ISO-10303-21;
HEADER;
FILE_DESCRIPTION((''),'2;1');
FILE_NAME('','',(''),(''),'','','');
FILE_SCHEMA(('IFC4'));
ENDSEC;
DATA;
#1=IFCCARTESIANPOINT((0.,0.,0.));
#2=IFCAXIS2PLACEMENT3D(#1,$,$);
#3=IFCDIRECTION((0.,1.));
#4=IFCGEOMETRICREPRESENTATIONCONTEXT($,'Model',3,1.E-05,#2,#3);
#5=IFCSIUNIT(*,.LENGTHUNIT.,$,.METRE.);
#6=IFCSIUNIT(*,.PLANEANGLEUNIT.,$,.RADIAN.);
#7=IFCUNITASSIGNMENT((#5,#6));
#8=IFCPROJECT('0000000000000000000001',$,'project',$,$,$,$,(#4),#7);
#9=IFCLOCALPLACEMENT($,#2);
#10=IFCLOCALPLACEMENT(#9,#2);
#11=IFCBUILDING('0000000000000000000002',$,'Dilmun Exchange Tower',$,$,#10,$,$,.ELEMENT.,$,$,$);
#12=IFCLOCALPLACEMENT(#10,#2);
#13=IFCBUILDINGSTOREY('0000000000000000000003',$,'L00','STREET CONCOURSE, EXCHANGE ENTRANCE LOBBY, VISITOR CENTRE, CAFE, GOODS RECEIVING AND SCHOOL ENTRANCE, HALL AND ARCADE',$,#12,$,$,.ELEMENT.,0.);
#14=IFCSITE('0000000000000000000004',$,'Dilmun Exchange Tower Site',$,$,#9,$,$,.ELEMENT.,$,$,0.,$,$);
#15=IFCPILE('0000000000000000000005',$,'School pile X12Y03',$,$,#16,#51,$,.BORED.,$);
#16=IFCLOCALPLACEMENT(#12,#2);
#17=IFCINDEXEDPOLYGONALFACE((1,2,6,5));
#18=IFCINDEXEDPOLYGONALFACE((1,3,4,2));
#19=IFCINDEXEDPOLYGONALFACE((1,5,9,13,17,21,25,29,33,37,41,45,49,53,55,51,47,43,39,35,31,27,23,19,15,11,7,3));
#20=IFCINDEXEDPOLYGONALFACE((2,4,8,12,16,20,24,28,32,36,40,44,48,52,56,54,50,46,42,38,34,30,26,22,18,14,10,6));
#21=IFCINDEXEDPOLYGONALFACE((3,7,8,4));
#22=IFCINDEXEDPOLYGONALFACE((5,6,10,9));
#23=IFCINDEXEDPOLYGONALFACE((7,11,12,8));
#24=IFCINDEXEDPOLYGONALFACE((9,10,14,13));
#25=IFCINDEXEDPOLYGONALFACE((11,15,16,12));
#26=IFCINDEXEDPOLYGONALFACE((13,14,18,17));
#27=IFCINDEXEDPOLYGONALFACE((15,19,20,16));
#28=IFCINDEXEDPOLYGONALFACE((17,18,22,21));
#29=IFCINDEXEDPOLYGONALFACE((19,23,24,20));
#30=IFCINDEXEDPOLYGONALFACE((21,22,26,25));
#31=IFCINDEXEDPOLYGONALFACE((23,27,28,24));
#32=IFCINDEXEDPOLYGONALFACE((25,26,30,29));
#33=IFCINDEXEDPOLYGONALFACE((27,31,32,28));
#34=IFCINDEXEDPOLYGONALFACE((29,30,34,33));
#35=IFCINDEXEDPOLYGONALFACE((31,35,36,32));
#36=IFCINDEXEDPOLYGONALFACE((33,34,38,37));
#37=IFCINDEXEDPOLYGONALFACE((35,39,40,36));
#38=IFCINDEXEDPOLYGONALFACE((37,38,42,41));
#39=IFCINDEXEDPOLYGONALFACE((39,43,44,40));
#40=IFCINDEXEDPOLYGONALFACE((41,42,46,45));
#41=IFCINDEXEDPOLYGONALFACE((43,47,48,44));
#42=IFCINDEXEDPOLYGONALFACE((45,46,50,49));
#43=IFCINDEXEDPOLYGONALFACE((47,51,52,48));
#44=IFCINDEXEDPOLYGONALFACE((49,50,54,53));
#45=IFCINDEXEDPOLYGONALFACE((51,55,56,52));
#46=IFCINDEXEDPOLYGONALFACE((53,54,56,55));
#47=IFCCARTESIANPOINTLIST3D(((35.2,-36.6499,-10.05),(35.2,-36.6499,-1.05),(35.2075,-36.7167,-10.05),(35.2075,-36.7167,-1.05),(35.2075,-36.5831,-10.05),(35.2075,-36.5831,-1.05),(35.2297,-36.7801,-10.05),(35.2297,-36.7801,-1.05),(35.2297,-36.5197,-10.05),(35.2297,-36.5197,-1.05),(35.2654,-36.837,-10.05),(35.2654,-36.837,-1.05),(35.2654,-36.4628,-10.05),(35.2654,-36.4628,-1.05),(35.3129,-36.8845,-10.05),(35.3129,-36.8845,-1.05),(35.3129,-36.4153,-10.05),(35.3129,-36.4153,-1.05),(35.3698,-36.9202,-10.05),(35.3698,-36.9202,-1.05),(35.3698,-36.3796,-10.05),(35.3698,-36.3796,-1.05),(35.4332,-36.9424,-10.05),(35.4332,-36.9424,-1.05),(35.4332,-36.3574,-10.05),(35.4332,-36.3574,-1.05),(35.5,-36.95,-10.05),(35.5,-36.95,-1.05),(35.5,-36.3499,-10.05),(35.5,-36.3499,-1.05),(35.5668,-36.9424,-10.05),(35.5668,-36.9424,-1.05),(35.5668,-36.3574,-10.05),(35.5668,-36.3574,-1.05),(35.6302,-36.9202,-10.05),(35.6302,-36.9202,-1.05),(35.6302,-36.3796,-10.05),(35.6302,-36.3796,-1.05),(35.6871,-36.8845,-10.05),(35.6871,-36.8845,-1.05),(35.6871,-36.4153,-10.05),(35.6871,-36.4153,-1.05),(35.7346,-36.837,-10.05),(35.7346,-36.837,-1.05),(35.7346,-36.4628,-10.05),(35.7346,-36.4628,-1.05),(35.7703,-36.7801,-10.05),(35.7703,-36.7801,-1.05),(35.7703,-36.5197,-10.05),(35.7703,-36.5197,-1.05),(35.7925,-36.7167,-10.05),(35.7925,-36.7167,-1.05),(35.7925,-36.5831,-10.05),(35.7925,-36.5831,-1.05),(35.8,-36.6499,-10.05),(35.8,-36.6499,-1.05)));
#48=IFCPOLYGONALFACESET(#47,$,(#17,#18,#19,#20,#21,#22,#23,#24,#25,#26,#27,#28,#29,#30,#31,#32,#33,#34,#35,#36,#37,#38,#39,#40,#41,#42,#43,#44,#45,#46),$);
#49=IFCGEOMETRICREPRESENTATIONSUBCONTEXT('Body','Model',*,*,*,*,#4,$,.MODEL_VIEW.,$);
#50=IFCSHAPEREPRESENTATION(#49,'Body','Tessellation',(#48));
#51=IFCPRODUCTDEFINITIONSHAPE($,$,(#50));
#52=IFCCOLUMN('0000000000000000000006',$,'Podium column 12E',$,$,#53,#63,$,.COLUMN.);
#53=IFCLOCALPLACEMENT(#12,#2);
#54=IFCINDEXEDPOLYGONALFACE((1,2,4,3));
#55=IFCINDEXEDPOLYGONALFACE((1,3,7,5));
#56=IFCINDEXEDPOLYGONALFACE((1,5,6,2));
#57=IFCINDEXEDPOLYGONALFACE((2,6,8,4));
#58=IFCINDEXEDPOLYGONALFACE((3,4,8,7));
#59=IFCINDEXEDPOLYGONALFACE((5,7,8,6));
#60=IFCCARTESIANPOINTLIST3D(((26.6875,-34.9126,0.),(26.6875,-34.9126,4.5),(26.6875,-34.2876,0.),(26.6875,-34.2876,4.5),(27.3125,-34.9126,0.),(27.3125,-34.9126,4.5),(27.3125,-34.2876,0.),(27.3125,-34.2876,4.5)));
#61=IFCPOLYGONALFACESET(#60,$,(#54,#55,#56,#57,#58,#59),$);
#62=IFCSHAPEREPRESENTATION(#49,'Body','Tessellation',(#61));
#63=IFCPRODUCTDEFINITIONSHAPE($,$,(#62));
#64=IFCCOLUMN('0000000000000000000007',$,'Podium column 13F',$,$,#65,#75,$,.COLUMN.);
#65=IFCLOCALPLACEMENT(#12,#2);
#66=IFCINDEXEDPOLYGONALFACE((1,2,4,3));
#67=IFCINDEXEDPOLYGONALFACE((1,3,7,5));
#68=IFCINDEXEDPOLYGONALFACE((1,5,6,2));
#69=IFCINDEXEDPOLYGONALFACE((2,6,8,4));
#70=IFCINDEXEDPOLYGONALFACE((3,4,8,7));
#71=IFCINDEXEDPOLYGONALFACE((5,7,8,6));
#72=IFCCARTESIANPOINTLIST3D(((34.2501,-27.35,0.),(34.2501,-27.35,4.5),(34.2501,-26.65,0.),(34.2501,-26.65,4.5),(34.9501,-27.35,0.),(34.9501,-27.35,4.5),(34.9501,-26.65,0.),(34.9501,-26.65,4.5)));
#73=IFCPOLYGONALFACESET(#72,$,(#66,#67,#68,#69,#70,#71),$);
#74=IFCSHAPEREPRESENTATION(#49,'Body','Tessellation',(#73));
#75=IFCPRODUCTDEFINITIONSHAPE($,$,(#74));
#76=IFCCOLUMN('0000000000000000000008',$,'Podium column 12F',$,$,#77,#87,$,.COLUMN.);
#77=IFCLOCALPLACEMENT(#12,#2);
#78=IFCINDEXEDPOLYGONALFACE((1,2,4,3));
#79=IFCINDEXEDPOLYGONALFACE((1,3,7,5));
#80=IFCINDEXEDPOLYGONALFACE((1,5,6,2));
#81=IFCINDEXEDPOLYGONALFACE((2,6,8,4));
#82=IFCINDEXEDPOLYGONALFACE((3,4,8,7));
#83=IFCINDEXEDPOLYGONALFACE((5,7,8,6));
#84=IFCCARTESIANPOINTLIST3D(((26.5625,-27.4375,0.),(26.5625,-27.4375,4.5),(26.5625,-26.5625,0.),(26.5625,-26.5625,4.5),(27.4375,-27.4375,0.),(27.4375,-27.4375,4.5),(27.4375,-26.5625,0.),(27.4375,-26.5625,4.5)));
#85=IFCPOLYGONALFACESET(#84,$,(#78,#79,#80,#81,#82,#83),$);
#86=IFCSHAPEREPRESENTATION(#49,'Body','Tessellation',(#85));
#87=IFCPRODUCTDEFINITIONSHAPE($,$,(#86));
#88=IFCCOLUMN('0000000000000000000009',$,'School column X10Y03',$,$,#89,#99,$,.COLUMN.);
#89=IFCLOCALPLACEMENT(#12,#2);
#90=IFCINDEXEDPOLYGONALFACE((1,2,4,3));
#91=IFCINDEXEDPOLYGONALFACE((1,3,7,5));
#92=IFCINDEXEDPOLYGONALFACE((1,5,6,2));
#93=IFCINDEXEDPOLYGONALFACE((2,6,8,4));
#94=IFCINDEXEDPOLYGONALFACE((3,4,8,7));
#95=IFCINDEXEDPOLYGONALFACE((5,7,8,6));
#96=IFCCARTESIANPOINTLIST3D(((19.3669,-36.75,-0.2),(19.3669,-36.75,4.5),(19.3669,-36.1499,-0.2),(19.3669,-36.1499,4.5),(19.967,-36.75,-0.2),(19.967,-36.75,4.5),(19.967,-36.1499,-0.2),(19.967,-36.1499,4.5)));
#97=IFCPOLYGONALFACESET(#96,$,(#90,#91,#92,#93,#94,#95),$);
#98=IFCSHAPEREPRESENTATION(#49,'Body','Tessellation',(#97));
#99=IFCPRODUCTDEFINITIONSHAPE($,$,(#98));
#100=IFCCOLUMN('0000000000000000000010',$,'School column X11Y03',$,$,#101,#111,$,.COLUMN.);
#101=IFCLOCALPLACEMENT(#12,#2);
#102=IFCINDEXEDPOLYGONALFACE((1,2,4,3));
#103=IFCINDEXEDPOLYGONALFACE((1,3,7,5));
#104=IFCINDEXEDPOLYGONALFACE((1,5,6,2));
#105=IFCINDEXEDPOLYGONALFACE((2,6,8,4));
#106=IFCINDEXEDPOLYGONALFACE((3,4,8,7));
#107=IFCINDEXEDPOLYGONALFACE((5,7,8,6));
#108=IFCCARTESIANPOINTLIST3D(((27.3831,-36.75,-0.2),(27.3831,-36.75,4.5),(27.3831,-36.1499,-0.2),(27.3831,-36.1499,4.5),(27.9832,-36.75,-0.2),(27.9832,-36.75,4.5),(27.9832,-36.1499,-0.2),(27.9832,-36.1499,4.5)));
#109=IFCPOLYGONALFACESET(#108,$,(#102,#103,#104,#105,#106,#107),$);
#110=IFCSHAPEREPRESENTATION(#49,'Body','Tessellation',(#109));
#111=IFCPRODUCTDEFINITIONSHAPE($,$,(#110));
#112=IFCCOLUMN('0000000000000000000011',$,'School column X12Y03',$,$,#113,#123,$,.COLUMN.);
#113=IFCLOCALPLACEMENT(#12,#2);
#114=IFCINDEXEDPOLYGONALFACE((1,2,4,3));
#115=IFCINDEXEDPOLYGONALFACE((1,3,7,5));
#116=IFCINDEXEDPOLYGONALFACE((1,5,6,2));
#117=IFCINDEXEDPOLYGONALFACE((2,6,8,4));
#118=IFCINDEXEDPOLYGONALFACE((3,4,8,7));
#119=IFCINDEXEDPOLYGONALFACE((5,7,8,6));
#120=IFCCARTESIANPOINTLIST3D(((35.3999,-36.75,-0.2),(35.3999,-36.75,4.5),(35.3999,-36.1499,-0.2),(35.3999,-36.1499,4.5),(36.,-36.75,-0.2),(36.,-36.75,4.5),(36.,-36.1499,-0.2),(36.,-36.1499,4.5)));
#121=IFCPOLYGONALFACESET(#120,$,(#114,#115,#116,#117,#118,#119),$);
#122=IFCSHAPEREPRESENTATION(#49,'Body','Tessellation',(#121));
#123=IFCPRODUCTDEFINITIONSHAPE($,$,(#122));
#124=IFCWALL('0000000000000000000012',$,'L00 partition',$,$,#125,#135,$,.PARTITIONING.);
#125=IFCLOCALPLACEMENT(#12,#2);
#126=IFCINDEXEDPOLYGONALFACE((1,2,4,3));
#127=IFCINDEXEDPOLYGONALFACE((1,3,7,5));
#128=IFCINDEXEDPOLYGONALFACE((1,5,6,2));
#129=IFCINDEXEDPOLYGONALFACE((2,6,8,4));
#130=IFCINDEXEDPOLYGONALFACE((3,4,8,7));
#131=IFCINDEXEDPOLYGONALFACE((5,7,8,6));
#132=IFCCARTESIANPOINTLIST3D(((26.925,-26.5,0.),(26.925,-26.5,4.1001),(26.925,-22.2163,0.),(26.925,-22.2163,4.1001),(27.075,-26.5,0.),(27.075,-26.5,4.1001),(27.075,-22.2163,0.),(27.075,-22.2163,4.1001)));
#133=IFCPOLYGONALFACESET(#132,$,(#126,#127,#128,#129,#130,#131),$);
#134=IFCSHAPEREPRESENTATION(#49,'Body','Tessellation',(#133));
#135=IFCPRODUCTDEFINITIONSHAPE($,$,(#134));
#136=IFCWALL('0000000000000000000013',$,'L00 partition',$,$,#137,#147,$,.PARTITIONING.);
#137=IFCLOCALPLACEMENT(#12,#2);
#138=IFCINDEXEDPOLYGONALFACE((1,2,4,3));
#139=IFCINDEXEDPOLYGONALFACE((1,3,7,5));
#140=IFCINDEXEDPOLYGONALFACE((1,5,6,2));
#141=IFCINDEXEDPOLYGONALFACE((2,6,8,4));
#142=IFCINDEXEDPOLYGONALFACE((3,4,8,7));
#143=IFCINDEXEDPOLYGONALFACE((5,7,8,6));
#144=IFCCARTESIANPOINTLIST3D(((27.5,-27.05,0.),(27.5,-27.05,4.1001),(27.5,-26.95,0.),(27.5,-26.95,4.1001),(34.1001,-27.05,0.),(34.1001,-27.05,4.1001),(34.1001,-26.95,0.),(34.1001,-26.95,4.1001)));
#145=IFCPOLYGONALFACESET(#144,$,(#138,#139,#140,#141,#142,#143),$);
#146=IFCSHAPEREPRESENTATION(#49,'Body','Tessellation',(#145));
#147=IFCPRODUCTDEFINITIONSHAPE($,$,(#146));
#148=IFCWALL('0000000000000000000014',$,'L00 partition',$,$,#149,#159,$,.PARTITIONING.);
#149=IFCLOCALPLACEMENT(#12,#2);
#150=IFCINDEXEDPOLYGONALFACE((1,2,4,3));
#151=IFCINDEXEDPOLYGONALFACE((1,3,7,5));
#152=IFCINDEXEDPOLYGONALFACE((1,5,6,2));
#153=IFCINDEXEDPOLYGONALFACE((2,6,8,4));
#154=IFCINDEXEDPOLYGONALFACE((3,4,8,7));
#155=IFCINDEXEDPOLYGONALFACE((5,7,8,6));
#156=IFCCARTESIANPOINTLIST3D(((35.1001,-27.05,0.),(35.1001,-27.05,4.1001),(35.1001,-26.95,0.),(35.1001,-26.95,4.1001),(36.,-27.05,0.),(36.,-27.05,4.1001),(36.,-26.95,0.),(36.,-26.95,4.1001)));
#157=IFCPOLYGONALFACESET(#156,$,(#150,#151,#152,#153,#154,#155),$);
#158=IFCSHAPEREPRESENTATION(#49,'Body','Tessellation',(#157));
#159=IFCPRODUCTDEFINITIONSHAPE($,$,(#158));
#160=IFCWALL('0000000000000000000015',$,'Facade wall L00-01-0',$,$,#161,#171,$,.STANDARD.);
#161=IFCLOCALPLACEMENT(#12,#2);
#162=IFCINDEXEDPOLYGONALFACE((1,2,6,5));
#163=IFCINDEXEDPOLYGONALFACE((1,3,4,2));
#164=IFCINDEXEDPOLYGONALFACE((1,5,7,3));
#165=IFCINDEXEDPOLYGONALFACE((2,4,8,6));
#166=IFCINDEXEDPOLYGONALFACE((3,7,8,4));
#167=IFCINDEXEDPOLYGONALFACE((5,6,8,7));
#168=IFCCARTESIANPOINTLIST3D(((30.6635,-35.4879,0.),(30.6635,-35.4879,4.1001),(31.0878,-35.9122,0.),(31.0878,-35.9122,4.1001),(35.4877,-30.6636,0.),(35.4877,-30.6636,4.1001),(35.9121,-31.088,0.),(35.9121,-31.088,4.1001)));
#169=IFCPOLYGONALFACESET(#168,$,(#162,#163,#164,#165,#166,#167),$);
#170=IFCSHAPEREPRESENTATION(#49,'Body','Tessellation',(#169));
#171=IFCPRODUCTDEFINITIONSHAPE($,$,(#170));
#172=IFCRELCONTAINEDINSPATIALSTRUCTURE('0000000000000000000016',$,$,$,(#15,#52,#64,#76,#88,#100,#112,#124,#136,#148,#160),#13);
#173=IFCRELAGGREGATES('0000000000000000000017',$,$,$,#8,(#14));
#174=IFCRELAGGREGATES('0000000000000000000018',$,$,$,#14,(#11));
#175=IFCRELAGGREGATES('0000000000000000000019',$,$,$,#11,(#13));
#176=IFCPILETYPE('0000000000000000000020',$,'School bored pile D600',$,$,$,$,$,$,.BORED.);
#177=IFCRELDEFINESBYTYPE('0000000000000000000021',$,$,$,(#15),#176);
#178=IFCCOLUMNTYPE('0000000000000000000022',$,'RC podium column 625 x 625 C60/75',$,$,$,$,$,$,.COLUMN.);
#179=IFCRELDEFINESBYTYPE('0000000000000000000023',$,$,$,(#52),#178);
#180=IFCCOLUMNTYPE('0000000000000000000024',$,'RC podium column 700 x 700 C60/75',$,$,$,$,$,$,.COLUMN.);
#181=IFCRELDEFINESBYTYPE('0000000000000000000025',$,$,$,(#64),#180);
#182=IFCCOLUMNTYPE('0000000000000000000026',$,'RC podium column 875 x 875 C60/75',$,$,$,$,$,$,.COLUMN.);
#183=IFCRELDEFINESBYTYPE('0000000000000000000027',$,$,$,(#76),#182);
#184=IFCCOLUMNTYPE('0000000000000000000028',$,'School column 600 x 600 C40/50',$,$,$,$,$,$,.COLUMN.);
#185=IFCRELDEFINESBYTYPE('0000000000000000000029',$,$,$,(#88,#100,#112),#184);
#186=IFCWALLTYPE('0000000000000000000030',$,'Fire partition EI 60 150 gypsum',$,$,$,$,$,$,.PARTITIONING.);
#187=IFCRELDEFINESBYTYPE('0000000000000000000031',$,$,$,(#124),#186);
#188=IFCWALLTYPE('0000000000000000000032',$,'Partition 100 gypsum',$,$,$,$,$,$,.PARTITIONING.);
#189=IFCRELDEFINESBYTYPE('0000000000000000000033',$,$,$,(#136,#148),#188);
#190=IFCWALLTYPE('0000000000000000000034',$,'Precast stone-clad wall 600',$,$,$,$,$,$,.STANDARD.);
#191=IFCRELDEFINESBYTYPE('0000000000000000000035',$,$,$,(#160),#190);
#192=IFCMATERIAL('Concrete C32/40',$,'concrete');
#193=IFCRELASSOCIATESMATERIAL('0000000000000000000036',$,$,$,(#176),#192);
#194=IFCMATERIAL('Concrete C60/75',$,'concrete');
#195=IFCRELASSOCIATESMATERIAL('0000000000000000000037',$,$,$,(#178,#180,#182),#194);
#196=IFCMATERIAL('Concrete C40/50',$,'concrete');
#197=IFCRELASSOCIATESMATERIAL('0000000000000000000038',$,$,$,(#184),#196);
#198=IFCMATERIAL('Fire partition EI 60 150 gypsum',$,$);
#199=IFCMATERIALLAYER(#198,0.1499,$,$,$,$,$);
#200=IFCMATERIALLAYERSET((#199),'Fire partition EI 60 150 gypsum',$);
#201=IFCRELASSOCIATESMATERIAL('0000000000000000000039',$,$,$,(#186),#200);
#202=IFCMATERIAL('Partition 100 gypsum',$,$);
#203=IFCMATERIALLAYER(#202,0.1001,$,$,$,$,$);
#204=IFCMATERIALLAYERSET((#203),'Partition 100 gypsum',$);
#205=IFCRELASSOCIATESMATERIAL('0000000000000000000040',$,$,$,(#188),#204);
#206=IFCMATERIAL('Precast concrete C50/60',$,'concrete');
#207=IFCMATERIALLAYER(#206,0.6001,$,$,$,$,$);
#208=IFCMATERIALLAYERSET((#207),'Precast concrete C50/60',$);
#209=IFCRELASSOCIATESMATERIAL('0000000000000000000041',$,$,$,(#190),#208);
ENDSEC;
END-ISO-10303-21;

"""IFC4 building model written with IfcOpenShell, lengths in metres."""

from ifc_helpers import new_model, si_unit, direction, frame, frame_2d, origin, origin_2d, place, context, subcontext, project, spatial, rectangle, circle, extrude, material, layer, layer_set, material_profile, profile_set, type_object, element, save


model = new_model("IFC4")

# Units and contexts
model_context = context("Model", 3, precision=1e-05, world=origin(), true_north=direction((0.0, 1.0)))
body_context = subcontext(model_context, "Body", "Model", "MODEL_VIEW")
ifc_project = project(units=[si_unit("LENGTHUNIT", "METRE"), si_unit("PLANEANGLEUNIT", "RADIAN")], contexts=[model_context])

# Site, building, storey
site_placement = place(None, origin())
site = spatial("IfcSite", under=ifc_project, at=site_placement, Name="Dilmun Exchange Tower Site", CompositionType="ELEMENT", RefElevation=0.0)
building_placement = place(site_placement, origin())
building = spatial("IfcBuilding", under=site, at=building_placement, Name="Dilmun Exchange Tower", CompositionType="ELEMENT")
storey_placement = place(building_placement, origin())
storey = spatial("IfcBuildingStorey", under=building, at=storey_placement, Name="L00", Description="STREET CONCOURSE, EXCHANGE ENTRANCE LOBBY, VISITOR CENTRE, CAFE, GOODS RECEIVING AND SCHOOL ENTRANCE, HALL AND ARCADE", CompositionType="ELEMENT", Elevation=0.0)

# Pile
ifc_material_1 = material(Name="Concrete C32/40", Category="concrete")
ifc_material_profile_1 = material_profile(ifc_material_1, circle(Radius=0.3, at=origin_2d()), Name="D600")
ifc_profile_set_1 = profile_set([ifc_material_profile_1], Name="Concrete C32/40")
pile_type = type_object("IfcPileType", Name="School bored pile D600", PredefinedType="BORED", material=ifc_profile_set_1)
for number, where, z_axis, x_axis, name in (
    (1, (35.5, -36.6499, -1.05), (0.0, 0.0, -1.0), (1.0, 0.0, 0.0), "School pile X12Y03"),
):
    element("IfcPile", number, at=place(storey_placement, frame(where, z_axis=z_axis, x_axis=x_axis)), inside=storey, type_object=pile_type, Name=name, PredefinedType="BORED", context=body_context, shape_type="SweptSolid", body=[
        extrude(circle(Radius=0.3, at=origin_2d()), origin(), (0.0, 0.0, 1.0), 9.0),
    ])

# Columns
ifc_material_2 = material(Name="Concrete C60/75", Category="concrete")
ifc_material_profile_2 = material_profile(ifc_material_2, rectangle(XDim=0.625, YDim=0.625, at=origin_2d()), Name="625 x 625")
ifc_profile_set_2 = profile_set([ifc_material_profile_2], Name="Concrete C60/75")
column_type_1 = type_object("IfcColumnType", Name="RC podium column 625 x 625 C60/75", PredefinedType="COLUMN", material=ifc_profile_set_2)
column_1_placement = place(storey_placement, frame((27.0, -34.6001, 0.0), z_axis=(0.0, 0.0, 1.0), x_axis=(1.0, 0.0, 0.0)))
element("IfcColumn", 2, at=column_1_placement, inside=storey, type_object=column_type_1, Name="Podium column 12E", PredefinedType="COLUMN", context=body_context, shape_type="SweptSolid", body=[
    extrude(rectangle(XDim=0.625, YDim=0.625, at=origin_2d()), origin(), (0.0, 0.0, 1.0), 4.5),
])
ifc_material_profile_3 = material_profile(ifc_material_2, rectangle(XDim=0.7, YDim=0.7, at=origin_2d()), Name="700 x 700")
ifc_profile_set_3 = profile_set([ifc_material_profile_3], Name="Concrete C60/75")
column_type_2 = type_object("IfcColumnType", Name="RC podium column 700 x 700 C60/75", PredefinedType="COLUMN", material=ifc_profile_set_3)
column_2_placement = place(storey_placement, frame((34.6001, -27.0, 0.0), z_axis=(0.0, 0.0, 1.0), x_axis=(1.0, 0.0, 0.0)))
element("IfcColumn", 3, at=column_2_placement, inside=storey, type_object=column_type_2, Name="Podium column 13F", PredefinedType="COLUMN", context=body_context, shape_type="SweptSolid", body=[
    extrude(rectangle(XDim=0.7, YDim=0.7, at=origin_2d()), origin(), (0.0, 0.0, 1.0), 4.5),
])
ifc_material_profile_4 = material_profile(ifc_material_2, rectangle(XDim=0.875, YDim=0.875, at=origin_2d()), Name="875 x 875")
ifc_profile_set_4 = profile_set([ifc_material_profile_4], Name="Concrete C60/75")
column_type_3 = type_object("IfcColumnType", Name="RC podium column 875 x 875 C60/75", PredefinedType="COLUMN", material=ifc_profile_set_4)
column_3_placement = place(storey_placement, frame((27.0, -27.0, 0.0), z_axis=(0.0, 0.0, 1.0), x_axis=(1.0, 0.0, 0.0)))
element("IfcColumn", 4, at=column_3_placement, inside=storey, type_object=column_type_3, Name="Podium column 12F", PredefinedType="COLUMN", context=body_context, shape_type="SweptSolid", body=[
    extrude(rectangle(XDim=0.875, YDim=0.875, at=origin_2d()), origin(), (0.0, 0.0, 1.0), 4.5),
])
ifc_material_3 = material(Name="Concrete C40/50", Category="concrete")
ifc_material_profile_5 = material_profile(ifc_material_3, rectangle(XDim=0.6001, YDim=0.6001, at=origin_2d()), Name="600 x 600")
ifc_profile_set_5 = profile_set([ifc_material_profile_5], Name="Concrete C40/50")
column_type_4 = type_object("IfcColumnType", Name="School column 600 x 600 C40/50", PredefinedType="COLUMN", material=ifc_profile_set_5)
for number, where, z_axis, x_axis, name in (
    (5, (19.667, -36.45, -0.2), (0.0, 0.0, 1.0), (1.0, 0.0, 0.0), "School column X10Y03"),
    (6, (27.6831, -36.45, -0.2), (0.0, 0.0, 1.0), (1.0, 0.0, 0.0), "School column X11Y03"),
    (7, (35.7, -36.45, -0.2), (0.0, 0.0, 1.0), (1.0, 0.0, 0.0), "School column X12Y03"),
):
    element("IfcColumn", number, at=place(storey_placement, frame(where, z_axis=z_axis, x_axis=x_axis)), inside=storey, type_object=column_type_4, Name=name, PredefinedType="COLUMN", context=body_context, shape_type="SweptSolid", body=[
        extrude(rectangle(XDim=0.6001, YDim=0.6001, at=origin_2d()), origin(), (0.0, 0.0, 1.0), 4.7),
    ])

# Walls
ifc_material_4 = material(Name="Fire partition EI 60 150 gypsum")
ifc_layer_1 = layer(ifc_material_4, 0.1499)
ifc_layer_set_1 = layer_set([ifc_layer_1], Name="Fire partition EI 60 150 gypsum")
wall_type_1 = type_object("IfcWallType", Name="Fire partition EI 60 150 gypsum", PredefinedType="PARTITIONING", material=ifc_layer_set_1)
wall_1_placement = place(storey_placement, frame((27.0, -26.5, 0.0), z_axis=(0.0, 0.0, 1.0), x_axis=(0.0, 1.0, 0.0)))
element("IfcWall", 8, at=wall_1_placement, inside=storey, type_object=wall_type_1, Name="L00 partition", PredefinedType="PARTITIONING", context=body_context, shape_type="SweptSolid", body=[
    extrude(rectangle(XDim=4.2837, YDim=0.1499, at=frame_2d((2.1418, 0.0))), origin(), (0.0, 0.0, 1.0), 4.1001),
])
ifc_material_5 = material(Name="Partition 100 gypsum")
ifc_layer_2 = layer(ifc_material_5, 0.1001)
ifc_layer_set_2 = layer_set([ifc_layer_2], Name="Partition 100 gypsum")
wall_type_2 = type_object("IfcWallType", Name="Partition 100 gypsum", PredefinedType="PARTITIONING", material=ifc_layer_set_2)
wall_2_placement = place(storey_placement, frame((27.5, -27.0, 0.0), z_axis=(0.0, 0.0, 1.0), x_axis=(1.0, 0.0, 0.0)))
element("IfcWall", 9, at=wall_2_placement, inside=storey, type_object=wall_type_2, Name="L00 partition", PredefinedType="PARTITIONING", context=body_context, shape_type="SweptSolid", body=[
    extrude(rectangle(XDim=6.6001, YDim=0.1001, at=frame_2d((3.3, 0.0))), origin(), (0.0, 0.0, 1.0), 4.1001),
])
wall_3_placement = place(storey_placement, frame((35.1001, -27.0, 0.0), z_axis=(0.0, 0.0, 1.0), x_axis=(1.0, 0.0, 0.0)))
element("IfcWall", 10, at=wall_3_placement, inside=storey, type_object=wall_type_2, Name="L00 partition", PredefinedType="PARTITIONING", context=body_context, shape_type="SweptSolid", body=[
    extrude(rectangle(XDim=0.8999, YDim=0.1001, at=frame_2d((0.45, 0.0))), origin(), (0.0, 0.0, 1.0), 4.1001),
])
ifc_material_6 = material(Name="Precast concrete C50/60", Category="concrete")
ifc_layer_3 = layer(ifc_material_6, 0.6001)
ifc_layer_set_3 = layer_set([ifc_layer_3], Name="Precast concrete C50/60")
wall_type_3 = type_object("IfcWallType", Name="Precast stone-clad wall 600", PredefinedType="STANDARD", material=ifc_layer_set_3)
wall_4_placement = place(storey_placement, frame((30.8757, -35.7, 0.0), z_axis=(0.0, 0.0, 1.0), x_axis=(0.707107, 0.707107, 0.0)))
element("IfcWall", 11, at=wall_4_placement, inside=storey, type_object=wall_type_3, Name="Facade wall L00-01-0", PredefinedType="STANDARD", context=body_context, shape_type="SweptSolid", body=[
    extrude(rectangle(XDim=6.8225, YDim=0.6001, at=frame_2d((3.4111, 0.0))), origin(), (0.0, 0.0, 1.0), 4.1001),
])

save(model, "model.ifc")
